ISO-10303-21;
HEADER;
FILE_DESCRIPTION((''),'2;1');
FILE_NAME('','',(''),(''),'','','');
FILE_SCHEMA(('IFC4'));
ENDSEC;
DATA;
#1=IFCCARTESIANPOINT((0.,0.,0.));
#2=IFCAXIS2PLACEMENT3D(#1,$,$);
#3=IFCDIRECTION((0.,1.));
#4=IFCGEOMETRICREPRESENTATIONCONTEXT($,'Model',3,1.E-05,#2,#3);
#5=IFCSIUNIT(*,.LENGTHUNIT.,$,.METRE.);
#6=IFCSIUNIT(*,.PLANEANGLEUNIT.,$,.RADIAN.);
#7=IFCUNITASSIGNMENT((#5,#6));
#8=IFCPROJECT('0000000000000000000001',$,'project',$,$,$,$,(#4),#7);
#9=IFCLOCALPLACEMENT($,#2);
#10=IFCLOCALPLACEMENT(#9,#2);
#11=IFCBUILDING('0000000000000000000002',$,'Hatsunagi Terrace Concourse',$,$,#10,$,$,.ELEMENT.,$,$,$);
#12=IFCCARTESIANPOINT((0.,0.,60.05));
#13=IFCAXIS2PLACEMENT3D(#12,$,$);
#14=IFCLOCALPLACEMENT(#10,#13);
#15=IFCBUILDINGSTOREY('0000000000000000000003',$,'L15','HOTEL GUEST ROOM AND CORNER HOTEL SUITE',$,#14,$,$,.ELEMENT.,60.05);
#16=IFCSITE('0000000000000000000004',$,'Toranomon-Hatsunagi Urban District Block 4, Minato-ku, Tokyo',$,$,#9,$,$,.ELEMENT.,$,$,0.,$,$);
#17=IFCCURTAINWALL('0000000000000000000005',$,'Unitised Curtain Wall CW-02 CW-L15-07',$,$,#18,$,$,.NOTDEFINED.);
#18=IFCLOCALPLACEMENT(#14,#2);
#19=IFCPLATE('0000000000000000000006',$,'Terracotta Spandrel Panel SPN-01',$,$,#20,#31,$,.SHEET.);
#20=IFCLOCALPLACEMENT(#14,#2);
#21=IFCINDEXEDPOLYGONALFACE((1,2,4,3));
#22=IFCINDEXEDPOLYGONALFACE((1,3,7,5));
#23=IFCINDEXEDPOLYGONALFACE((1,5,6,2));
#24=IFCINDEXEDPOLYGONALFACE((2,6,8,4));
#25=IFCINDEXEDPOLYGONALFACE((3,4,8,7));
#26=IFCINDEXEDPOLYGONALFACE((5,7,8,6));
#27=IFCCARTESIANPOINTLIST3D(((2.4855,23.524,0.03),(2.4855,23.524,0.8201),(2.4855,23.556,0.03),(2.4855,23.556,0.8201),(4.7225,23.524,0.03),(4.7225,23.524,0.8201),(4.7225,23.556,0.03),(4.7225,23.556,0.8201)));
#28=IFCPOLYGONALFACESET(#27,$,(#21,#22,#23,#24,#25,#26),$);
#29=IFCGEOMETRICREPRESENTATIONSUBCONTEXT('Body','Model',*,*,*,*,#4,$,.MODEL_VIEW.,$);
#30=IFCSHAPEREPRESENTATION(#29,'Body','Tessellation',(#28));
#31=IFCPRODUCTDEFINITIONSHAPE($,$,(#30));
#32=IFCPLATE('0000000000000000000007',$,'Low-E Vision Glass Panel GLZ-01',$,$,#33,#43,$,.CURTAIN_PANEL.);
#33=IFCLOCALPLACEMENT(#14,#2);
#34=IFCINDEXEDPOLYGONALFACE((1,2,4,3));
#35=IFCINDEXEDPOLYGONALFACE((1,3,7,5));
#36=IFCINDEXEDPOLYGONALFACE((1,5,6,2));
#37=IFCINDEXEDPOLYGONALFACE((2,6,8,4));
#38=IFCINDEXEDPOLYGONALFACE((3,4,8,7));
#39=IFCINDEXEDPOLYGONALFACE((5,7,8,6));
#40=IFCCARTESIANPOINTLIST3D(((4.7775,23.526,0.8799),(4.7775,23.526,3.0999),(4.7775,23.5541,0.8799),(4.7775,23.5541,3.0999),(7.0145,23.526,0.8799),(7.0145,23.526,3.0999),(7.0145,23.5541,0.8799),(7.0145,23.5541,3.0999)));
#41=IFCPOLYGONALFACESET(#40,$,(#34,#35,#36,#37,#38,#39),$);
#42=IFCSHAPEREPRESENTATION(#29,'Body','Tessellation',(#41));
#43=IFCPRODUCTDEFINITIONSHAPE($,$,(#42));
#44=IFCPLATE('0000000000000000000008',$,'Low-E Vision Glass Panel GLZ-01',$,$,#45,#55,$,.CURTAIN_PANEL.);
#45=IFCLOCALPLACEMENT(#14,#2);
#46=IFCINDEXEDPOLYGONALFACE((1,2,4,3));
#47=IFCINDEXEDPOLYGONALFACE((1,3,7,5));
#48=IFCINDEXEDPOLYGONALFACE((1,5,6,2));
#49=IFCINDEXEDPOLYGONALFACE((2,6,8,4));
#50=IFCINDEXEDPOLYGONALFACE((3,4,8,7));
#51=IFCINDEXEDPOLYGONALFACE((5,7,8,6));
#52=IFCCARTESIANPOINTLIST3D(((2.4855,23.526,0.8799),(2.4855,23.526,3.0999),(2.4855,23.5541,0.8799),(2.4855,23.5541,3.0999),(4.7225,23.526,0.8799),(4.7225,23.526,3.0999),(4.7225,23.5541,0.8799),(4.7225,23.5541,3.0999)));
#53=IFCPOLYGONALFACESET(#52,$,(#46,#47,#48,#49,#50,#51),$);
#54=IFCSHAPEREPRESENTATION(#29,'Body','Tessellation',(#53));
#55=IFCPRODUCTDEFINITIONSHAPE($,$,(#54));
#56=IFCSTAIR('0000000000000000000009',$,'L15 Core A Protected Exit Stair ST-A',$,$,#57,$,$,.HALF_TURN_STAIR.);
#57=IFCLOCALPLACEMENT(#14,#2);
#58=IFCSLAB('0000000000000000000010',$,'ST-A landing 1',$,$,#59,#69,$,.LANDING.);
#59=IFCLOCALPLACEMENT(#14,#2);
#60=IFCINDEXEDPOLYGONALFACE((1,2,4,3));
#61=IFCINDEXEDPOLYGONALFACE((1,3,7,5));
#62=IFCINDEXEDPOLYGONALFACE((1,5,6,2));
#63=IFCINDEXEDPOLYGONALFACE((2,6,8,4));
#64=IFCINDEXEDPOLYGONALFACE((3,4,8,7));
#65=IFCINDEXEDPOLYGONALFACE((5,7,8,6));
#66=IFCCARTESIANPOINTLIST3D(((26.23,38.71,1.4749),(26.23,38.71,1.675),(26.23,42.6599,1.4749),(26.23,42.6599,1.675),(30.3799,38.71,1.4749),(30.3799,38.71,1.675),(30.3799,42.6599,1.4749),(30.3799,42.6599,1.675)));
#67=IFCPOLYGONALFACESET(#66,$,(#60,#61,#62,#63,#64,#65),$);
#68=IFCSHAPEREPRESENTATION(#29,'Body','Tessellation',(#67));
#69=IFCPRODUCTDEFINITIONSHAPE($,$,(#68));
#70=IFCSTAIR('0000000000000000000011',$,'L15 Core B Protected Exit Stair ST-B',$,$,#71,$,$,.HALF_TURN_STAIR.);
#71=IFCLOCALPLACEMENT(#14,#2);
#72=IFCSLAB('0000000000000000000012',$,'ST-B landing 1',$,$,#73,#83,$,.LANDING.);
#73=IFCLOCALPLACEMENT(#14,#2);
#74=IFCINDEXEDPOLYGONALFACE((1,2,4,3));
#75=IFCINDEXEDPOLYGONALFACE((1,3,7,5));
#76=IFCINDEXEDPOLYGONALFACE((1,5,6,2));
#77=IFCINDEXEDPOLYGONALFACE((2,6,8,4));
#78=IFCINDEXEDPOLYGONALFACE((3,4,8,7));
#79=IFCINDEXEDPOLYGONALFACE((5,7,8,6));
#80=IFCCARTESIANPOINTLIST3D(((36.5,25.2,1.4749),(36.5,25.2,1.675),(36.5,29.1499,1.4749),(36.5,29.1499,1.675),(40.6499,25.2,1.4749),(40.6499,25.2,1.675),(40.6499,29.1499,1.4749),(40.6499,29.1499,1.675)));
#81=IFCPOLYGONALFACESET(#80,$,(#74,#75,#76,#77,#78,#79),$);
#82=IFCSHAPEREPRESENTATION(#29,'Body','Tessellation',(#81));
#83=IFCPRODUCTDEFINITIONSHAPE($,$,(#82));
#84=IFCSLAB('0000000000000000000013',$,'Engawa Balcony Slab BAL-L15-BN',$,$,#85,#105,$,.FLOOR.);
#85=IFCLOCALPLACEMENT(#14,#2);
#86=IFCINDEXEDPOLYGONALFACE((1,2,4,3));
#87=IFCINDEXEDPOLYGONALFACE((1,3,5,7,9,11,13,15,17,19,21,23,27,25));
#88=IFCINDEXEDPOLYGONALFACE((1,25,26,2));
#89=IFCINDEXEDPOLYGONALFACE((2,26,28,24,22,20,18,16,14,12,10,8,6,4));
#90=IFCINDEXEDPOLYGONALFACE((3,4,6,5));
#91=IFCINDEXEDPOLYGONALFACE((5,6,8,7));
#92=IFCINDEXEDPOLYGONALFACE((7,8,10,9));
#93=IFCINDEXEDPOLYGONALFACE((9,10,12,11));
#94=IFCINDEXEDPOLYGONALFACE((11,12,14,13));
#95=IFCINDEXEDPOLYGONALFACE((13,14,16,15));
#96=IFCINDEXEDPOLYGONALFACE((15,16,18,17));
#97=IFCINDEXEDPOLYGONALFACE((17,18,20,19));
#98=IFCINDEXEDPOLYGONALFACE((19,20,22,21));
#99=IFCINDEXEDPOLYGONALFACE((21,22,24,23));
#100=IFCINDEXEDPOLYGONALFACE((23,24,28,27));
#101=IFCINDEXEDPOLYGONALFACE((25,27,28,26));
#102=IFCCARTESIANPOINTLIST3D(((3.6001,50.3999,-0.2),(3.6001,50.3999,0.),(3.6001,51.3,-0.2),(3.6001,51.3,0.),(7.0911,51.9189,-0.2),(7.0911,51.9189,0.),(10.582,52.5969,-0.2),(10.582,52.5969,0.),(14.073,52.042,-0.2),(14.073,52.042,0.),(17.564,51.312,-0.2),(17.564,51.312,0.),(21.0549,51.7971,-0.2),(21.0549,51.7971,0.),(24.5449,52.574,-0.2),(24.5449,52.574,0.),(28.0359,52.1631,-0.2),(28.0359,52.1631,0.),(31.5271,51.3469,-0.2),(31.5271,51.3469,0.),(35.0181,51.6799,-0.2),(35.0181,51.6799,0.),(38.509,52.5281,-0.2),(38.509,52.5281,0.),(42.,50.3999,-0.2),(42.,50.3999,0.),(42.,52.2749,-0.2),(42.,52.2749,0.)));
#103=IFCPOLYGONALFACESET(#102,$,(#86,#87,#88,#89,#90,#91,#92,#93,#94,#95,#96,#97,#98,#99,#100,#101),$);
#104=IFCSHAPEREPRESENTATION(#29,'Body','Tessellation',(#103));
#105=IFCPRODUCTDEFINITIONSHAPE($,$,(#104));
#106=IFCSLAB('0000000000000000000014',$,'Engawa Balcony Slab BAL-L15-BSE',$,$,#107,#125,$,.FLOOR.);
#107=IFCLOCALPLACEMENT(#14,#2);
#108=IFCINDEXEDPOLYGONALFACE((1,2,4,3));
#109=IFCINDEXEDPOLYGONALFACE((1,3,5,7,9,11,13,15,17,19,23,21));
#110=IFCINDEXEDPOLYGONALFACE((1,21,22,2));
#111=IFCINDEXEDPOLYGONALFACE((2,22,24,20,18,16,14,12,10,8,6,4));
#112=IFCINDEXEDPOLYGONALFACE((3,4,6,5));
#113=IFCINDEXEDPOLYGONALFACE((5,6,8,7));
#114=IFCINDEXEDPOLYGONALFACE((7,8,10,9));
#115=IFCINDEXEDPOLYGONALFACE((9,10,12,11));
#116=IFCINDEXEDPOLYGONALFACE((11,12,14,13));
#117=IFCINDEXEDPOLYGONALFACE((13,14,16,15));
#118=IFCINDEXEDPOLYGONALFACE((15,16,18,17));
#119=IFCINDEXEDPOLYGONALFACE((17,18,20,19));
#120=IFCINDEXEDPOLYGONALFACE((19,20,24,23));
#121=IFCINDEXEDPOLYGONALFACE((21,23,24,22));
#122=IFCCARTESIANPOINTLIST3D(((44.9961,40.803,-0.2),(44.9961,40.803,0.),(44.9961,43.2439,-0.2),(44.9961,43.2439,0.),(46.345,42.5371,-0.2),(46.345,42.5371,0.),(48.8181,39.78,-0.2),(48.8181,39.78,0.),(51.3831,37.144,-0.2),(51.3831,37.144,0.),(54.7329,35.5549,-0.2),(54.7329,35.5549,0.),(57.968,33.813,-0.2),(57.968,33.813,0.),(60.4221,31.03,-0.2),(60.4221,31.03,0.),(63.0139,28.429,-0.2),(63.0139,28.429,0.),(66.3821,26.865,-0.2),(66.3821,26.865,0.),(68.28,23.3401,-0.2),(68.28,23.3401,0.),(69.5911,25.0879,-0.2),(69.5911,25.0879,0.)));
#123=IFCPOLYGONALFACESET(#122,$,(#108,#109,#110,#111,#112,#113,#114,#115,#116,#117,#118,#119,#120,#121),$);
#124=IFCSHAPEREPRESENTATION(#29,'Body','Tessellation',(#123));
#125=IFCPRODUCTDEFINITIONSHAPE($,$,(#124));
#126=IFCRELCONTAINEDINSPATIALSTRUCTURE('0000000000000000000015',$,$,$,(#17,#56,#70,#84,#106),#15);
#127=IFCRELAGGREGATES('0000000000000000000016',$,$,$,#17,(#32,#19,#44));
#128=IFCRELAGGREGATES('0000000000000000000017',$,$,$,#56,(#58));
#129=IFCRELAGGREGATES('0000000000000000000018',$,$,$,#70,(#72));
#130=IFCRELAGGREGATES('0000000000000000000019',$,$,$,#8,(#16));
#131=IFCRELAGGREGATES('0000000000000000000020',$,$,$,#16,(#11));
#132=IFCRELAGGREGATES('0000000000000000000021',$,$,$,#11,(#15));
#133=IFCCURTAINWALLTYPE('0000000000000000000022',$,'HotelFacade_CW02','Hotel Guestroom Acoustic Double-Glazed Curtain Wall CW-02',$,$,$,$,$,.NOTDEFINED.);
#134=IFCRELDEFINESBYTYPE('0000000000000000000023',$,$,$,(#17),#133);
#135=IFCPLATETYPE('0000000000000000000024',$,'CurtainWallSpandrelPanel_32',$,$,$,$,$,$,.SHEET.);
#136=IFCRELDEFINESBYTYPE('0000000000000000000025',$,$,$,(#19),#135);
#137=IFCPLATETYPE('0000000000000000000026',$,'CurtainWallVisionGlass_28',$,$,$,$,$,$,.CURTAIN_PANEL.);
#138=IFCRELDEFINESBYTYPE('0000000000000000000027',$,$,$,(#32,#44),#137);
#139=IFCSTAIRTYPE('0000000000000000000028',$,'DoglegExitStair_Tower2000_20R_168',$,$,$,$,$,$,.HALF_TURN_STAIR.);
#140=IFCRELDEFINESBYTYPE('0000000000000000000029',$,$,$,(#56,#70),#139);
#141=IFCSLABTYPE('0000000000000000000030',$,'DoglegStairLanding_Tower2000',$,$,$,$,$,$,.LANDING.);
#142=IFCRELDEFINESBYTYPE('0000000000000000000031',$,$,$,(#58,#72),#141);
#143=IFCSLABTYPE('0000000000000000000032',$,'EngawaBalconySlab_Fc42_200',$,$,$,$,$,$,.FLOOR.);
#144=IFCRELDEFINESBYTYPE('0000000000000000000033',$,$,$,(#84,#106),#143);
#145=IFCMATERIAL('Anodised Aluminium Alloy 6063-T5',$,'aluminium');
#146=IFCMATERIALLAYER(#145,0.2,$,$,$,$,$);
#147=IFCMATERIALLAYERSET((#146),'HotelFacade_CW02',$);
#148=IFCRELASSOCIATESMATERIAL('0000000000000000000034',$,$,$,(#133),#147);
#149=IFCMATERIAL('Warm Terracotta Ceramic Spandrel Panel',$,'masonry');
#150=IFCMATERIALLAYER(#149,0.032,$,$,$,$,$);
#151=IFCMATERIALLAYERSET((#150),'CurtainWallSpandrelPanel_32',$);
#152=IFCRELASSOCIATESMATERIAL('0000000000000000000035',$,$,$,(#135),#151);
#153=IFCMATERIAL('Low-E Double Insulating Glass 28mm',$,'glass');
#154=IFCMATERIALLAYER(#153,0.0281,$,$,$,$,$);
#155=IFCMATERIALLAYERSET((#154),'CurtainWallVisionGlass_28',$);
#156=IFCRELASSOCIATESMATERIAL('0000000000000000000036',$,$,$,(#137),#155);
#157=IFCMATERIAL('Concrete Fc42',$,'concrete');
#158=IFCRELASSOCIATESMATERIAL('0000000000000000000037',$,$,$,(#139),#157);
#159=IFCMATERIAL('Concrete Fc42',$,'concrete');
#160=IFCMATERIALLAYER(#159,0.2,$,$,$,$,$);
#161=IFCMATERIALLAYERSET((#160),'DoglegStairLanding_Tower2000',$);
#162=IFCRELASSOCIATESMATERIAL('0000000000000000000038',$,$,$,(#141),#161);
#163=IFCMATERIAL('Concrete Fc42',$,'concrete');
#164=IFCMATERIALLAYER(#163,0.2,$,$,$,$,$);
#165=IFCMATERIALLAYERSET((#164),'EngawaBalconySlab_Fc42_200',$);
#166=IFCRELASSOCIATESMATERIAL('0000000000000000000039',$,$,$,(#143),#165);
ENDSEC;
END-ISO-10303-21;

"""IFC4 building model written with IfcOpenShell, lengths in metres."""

from ifc_helpers import new_model, si_unit, direction, frame, origin, origin_2d, place, context, subcontext, project, spatial, polyline, rectangle, outline, extrude, material, layer, layer_set, type_object, element, aggregate, save


model = new_model("IFC4")

# Units and contexts
model_context = context("Model", 3, precision=1e-05, world=origin(), true_north=direction((0.0, 1.0)))
body_context = subcontext(model_context, "Body", "Model", "MODEL_VIEW")
ifc_project = project(units=[si_unit("LENGTHUNIT", "METRE"), si_unit("PLANEANGLEUNIT", "RADIAN")], contexts=[model_context])

# Site, building, storey
site_placement = place(None, origin())
site = spatial("IfcSite", under=ifc_project, at=site_placement, Name="Toranomon-Hatsunagi Urban District Block 4, Minato-ku, Tokyo", CompositionType="ELEMENT", RefElevation=0.0)
building_placement = place(site_placement, origin())
building = spatial("IfcBuilding", under=site, at=building_placement, Name="Hatsunagi Terrace Concourse", CompositionType="ELEMENT")
storey_placement = place(building_placement, frame((0.0, 0.0, 60.05)))
storey = spatial("IfcBuildingStorey", under=building, at=storey_placement, Name="L15", Description="HOTEL GUEST ROOM AND CORNER HOTEL SUITE", CompositionType="ELEMENT", Elevation=60.05)

# Curtain wall
ifc_material_1 = material(Name="Anodised Aluminium Alloy 6063-T5", Category="aluminium")
ifc_layer_1 = layer(ifc_material_1, 0.2)
ifc_layer_set_1 = layer_set([ifc_layer_1], Name="HotelFacade_CW02")
curtain_wall_type = type_object("IfcCurtainWallType", Name="HotelFacade_CW02", Description="Hotel Guestroom Acoustic Double-Glazed Curtain Wall CW-02", PredefinedType="NOTDEFINED", material=ifc_layer_set_1)
curtain_wall_placement = place(storey_placement, origin())
curtain_wall = element("IfcCurtainWall", 1, at=curtain_wall_placement, inside=storey, type_object=curtain_wall_type, Name="Unitised Curtain Wall CW-02 CW-L15-07", PredefinedType="NOTDEFINED")

# Plates
ifc_material_2 = material(Name="Warm Terracotta Ceramic Spandrel Panel", Category="masonry")
ifc_layer_2 = layer(ifc_material_2, 0.032)
ifc_layer_set_2 = layer_set([ifc_layer_2], Name="CurtainWallSpandrelPanel_32")
plate_type_1 = type_object("IfcPlateType", Name="CurtainWallSpandrelPanel_32", PredefinedType="SHEET", material=ifc_layer_set_2)
plate_1_placement = place(storey_placement, frame((3.604, 23.54, 0.03), z_axis=(0.0, 0.0, 1.0), x_axis=(-1.0, 0.0, 0.0)))
plate_1 = element("IfcPlate", 2, at=plate_1_placement, type_object=plate_type_1, Name="Terracotta Spandrel Panel SPN-01", PredefinedType="SHEET", context=body_context, shape_type="SweptSolid", body=[
    extrude(rectangle(XDim=2.2371, YDim=0.032, at=origin_2d()), origin(), (0.0, 0.0, 1.0), 0.79),
])
ifc_material_3 = material(Name="Low-E Double Insulating Glass 28mm", Category="glass")
ifc_layer_3 = layer(ifc_material_3, 0.0281)
ifc_layer_set_3 = layer_set([ifc_layer_3], Name="CurtainWallVisionGlass_28")
plate_type_2 = type_object("IfcPlateType", Name="CurtainWallVisionGlass_28", PredefinedType="CURTAIN_PANEL", material=ifc_layer_set_3)
plate_2_placement = place(storey_placement, frame((5.896, 23.54, 0.8799), z_axis=(0.0, 0.0, 1.0), x_axis=(-1.0, 0.0, 0.0)))
plate_2 = element("IfcPlate", 3, at=plate_2_placement, type_object=plate_type_2, Name="Low-E Vision Glass Panel GLZ-01", PredefinedType="CURTAIN_PANEL", context=body_context, shape_type="SweptSolid", body=[
    extrude(rectangle(XDim=2.2371, YDim=0.0281, at=origin_2d()), origin(), (0.0, 0.0, 1.0), 2.22),
])
plate_3_placement = place(storey_placement, frame((3.604, 23.54, 0.8799), z_axis=(0.0, 0.0, 1.0), x_axis=(-1.0, 0.0, 0.0)))
plate_3 = element("IfcPlate", 4, at=plate_3_placement, type_object=plate_type_2, Name="Low-E Vision Glass Panel GLZ-01", PredefinedType="CURTAIN_PANEL", context=body_context, shape_type="SweptSolid", body=[
    extrude(rectangle(XDim=2.2371, YDim=0.0281, at=origin_2d()), origin(), (0.0, 0.0, 1.0), 2.22),
])
aggregate(curtain_wall, [plate_2, plate_1, plate_3])

# Stairs, slabs
ifc_material_4 = material(Name="Concrete Fc42", Category="concrete")
stair_type = type_object("IfcStairType", Name="DoglegExitStair_Tower2000_20R_168", PredefinedType="HALF_TURN_STAIR", material=ifc_material_4)
stair_1_placement = place(storey_placement, origin())
stair_1 = element("IfcStair", 5, at=stair_1_placement, inside=storey, type_object=stair_type, Name="L15 Core A Protected Exit Stair ST-A", PredefinedType="HALF_TURN_STAIR")
ifc_material_5 = material(Name="Concrete Fc42", Category="concrete")
ifc_layer_4 = layer(ifc_material_5, 0.2)
ifc_layer_set_4 = layer_set([ifc_layer_4], Name="DoglegStairLanding_Tower2000")
slab_type_1 = type_object("IfcSlabType", Name="DoglegStairLanding_Tower2000", PredefinedType="LANDING", material=ifc_layer_set_4)
slab_1_placement = place(storey_placement, frame((0.0, 0.0, 1.4749)))
slab_1 = element("IfcSlab", 6, at=slab_1_placement, type_object=slab_type_1, Name="ST-A landing 1", PredefinedType="LANDING", context=body_context, shape_type="SweptSolid", body=[
    extrude(outline(polyline([(30.3799, 38.71), (30.3799, 42.6599), (26.23, 42.6599), (26.23, 38.71), (30.3799, 38.71)])), origin(), (0.0, 0.0, 1.0), 0.2002),
])
aggregate(stair_1, [slab_1])
stair_2_placement = place(storey_placement, origin())
stair_2 = element("IfcStair", 7, at=stair_2_placement, inside=storey, type_object=stair_type, Name="L15 Core B Protected Exit Stair ST-B", PredefinedType="HALF_TURN_STAIR")
slab_2_placement = place(storey_placement, frame((0.0, 0.0, 1.4749)))
slab_2 = element("IfcSlab", 8, at=slab_2_placement, type_object=slab_type_1, Name="ST-B landing 1", PredefinedType="LANDING", context=body_context, shape_type="SweptSolid", body=[
    extrude(outline(polyline([(36.5, 29.1499), (36.5, 25.2), (40.6499, 25.2), (40.6499, 29.1499), (36.5, 29.1499)])), origin(), (0.0, 0.0, 1.0), 0.2002),
])
aggregate(stair_2, [slab_2])

# Slabs
ifc_material_6 = material(Name="Concrete Fc42", Category="concrete")
ifc_layer_5 = layer(ifc_material_6, 0.2)
ifc_layer_set_5 = layer_set([ifc_layer_5], Name="EngawaBalconySlab_Fc42_200")
slab_type_2 = type_object("IfcSlabType", Name="EngawaBalconySlab_Fc42_200", PredefinedType="FLOOR", material=ifc_layer_set_5)
slab_3_placement = place(storey_placement, frame((0.0, 0.0, -0.2)))
element("IfcSlab", 9, at=slab_3_placement, inside=storey, type_object=slab_type_2, Name="Engawa Balcony Slab BAL-L15-BN", PredefinedType="FLOOR", context=body_context, shape_type="SweptSolid", body=[
    extrude(outline(polyline([(3.6001, 51.3), (3.6001, 50.3999), (42.0, 50.3999), (42.0, 52.2749), (38.509, 52.5281), (35.0181, 51.6799), (31.5271, 51.3469), (28.0359, 52.1631), (24.5449, 52.574), (21.0549, 51.7971), (17.564, 51.312), (14.073, 52.042), (10.582, 52.5969), (7.0911, 51.9189), (3.6001, 51.3)])), origin(), (0.0, 0.0, 1.0), 0.2),
])
slab_4_placement = place(storey_placement, frame((0.0, 0.0, -0.2)))
element("IfcSlab", 10, at=slab_4_placement, inside=storey, type_object=slab_type_2, Name="Engawa Balcony Slab BAL-L15-BSE", PredefinedType="FLOOR", context=body_context, shape_type="SweptSolid", body=[
    extrude(outline(polyline([(46.345, 42.5371), (44.9961, 43.2439), (44.9961, 40.803), (68.28, 23.3401), (69.5911, 25.0879), (66.3821, 26.865), (63.0139, 28.429), (60.4221, 31.03), (57.968, 33.813), (54.7329, 35.5549), (51.3831, 37.144), (48.8181, 39.78), (46.345, 42.5371)])), origin(), (0.0, 0.0, 1.0), 0.2),
])

save(model, "model.ifc")
